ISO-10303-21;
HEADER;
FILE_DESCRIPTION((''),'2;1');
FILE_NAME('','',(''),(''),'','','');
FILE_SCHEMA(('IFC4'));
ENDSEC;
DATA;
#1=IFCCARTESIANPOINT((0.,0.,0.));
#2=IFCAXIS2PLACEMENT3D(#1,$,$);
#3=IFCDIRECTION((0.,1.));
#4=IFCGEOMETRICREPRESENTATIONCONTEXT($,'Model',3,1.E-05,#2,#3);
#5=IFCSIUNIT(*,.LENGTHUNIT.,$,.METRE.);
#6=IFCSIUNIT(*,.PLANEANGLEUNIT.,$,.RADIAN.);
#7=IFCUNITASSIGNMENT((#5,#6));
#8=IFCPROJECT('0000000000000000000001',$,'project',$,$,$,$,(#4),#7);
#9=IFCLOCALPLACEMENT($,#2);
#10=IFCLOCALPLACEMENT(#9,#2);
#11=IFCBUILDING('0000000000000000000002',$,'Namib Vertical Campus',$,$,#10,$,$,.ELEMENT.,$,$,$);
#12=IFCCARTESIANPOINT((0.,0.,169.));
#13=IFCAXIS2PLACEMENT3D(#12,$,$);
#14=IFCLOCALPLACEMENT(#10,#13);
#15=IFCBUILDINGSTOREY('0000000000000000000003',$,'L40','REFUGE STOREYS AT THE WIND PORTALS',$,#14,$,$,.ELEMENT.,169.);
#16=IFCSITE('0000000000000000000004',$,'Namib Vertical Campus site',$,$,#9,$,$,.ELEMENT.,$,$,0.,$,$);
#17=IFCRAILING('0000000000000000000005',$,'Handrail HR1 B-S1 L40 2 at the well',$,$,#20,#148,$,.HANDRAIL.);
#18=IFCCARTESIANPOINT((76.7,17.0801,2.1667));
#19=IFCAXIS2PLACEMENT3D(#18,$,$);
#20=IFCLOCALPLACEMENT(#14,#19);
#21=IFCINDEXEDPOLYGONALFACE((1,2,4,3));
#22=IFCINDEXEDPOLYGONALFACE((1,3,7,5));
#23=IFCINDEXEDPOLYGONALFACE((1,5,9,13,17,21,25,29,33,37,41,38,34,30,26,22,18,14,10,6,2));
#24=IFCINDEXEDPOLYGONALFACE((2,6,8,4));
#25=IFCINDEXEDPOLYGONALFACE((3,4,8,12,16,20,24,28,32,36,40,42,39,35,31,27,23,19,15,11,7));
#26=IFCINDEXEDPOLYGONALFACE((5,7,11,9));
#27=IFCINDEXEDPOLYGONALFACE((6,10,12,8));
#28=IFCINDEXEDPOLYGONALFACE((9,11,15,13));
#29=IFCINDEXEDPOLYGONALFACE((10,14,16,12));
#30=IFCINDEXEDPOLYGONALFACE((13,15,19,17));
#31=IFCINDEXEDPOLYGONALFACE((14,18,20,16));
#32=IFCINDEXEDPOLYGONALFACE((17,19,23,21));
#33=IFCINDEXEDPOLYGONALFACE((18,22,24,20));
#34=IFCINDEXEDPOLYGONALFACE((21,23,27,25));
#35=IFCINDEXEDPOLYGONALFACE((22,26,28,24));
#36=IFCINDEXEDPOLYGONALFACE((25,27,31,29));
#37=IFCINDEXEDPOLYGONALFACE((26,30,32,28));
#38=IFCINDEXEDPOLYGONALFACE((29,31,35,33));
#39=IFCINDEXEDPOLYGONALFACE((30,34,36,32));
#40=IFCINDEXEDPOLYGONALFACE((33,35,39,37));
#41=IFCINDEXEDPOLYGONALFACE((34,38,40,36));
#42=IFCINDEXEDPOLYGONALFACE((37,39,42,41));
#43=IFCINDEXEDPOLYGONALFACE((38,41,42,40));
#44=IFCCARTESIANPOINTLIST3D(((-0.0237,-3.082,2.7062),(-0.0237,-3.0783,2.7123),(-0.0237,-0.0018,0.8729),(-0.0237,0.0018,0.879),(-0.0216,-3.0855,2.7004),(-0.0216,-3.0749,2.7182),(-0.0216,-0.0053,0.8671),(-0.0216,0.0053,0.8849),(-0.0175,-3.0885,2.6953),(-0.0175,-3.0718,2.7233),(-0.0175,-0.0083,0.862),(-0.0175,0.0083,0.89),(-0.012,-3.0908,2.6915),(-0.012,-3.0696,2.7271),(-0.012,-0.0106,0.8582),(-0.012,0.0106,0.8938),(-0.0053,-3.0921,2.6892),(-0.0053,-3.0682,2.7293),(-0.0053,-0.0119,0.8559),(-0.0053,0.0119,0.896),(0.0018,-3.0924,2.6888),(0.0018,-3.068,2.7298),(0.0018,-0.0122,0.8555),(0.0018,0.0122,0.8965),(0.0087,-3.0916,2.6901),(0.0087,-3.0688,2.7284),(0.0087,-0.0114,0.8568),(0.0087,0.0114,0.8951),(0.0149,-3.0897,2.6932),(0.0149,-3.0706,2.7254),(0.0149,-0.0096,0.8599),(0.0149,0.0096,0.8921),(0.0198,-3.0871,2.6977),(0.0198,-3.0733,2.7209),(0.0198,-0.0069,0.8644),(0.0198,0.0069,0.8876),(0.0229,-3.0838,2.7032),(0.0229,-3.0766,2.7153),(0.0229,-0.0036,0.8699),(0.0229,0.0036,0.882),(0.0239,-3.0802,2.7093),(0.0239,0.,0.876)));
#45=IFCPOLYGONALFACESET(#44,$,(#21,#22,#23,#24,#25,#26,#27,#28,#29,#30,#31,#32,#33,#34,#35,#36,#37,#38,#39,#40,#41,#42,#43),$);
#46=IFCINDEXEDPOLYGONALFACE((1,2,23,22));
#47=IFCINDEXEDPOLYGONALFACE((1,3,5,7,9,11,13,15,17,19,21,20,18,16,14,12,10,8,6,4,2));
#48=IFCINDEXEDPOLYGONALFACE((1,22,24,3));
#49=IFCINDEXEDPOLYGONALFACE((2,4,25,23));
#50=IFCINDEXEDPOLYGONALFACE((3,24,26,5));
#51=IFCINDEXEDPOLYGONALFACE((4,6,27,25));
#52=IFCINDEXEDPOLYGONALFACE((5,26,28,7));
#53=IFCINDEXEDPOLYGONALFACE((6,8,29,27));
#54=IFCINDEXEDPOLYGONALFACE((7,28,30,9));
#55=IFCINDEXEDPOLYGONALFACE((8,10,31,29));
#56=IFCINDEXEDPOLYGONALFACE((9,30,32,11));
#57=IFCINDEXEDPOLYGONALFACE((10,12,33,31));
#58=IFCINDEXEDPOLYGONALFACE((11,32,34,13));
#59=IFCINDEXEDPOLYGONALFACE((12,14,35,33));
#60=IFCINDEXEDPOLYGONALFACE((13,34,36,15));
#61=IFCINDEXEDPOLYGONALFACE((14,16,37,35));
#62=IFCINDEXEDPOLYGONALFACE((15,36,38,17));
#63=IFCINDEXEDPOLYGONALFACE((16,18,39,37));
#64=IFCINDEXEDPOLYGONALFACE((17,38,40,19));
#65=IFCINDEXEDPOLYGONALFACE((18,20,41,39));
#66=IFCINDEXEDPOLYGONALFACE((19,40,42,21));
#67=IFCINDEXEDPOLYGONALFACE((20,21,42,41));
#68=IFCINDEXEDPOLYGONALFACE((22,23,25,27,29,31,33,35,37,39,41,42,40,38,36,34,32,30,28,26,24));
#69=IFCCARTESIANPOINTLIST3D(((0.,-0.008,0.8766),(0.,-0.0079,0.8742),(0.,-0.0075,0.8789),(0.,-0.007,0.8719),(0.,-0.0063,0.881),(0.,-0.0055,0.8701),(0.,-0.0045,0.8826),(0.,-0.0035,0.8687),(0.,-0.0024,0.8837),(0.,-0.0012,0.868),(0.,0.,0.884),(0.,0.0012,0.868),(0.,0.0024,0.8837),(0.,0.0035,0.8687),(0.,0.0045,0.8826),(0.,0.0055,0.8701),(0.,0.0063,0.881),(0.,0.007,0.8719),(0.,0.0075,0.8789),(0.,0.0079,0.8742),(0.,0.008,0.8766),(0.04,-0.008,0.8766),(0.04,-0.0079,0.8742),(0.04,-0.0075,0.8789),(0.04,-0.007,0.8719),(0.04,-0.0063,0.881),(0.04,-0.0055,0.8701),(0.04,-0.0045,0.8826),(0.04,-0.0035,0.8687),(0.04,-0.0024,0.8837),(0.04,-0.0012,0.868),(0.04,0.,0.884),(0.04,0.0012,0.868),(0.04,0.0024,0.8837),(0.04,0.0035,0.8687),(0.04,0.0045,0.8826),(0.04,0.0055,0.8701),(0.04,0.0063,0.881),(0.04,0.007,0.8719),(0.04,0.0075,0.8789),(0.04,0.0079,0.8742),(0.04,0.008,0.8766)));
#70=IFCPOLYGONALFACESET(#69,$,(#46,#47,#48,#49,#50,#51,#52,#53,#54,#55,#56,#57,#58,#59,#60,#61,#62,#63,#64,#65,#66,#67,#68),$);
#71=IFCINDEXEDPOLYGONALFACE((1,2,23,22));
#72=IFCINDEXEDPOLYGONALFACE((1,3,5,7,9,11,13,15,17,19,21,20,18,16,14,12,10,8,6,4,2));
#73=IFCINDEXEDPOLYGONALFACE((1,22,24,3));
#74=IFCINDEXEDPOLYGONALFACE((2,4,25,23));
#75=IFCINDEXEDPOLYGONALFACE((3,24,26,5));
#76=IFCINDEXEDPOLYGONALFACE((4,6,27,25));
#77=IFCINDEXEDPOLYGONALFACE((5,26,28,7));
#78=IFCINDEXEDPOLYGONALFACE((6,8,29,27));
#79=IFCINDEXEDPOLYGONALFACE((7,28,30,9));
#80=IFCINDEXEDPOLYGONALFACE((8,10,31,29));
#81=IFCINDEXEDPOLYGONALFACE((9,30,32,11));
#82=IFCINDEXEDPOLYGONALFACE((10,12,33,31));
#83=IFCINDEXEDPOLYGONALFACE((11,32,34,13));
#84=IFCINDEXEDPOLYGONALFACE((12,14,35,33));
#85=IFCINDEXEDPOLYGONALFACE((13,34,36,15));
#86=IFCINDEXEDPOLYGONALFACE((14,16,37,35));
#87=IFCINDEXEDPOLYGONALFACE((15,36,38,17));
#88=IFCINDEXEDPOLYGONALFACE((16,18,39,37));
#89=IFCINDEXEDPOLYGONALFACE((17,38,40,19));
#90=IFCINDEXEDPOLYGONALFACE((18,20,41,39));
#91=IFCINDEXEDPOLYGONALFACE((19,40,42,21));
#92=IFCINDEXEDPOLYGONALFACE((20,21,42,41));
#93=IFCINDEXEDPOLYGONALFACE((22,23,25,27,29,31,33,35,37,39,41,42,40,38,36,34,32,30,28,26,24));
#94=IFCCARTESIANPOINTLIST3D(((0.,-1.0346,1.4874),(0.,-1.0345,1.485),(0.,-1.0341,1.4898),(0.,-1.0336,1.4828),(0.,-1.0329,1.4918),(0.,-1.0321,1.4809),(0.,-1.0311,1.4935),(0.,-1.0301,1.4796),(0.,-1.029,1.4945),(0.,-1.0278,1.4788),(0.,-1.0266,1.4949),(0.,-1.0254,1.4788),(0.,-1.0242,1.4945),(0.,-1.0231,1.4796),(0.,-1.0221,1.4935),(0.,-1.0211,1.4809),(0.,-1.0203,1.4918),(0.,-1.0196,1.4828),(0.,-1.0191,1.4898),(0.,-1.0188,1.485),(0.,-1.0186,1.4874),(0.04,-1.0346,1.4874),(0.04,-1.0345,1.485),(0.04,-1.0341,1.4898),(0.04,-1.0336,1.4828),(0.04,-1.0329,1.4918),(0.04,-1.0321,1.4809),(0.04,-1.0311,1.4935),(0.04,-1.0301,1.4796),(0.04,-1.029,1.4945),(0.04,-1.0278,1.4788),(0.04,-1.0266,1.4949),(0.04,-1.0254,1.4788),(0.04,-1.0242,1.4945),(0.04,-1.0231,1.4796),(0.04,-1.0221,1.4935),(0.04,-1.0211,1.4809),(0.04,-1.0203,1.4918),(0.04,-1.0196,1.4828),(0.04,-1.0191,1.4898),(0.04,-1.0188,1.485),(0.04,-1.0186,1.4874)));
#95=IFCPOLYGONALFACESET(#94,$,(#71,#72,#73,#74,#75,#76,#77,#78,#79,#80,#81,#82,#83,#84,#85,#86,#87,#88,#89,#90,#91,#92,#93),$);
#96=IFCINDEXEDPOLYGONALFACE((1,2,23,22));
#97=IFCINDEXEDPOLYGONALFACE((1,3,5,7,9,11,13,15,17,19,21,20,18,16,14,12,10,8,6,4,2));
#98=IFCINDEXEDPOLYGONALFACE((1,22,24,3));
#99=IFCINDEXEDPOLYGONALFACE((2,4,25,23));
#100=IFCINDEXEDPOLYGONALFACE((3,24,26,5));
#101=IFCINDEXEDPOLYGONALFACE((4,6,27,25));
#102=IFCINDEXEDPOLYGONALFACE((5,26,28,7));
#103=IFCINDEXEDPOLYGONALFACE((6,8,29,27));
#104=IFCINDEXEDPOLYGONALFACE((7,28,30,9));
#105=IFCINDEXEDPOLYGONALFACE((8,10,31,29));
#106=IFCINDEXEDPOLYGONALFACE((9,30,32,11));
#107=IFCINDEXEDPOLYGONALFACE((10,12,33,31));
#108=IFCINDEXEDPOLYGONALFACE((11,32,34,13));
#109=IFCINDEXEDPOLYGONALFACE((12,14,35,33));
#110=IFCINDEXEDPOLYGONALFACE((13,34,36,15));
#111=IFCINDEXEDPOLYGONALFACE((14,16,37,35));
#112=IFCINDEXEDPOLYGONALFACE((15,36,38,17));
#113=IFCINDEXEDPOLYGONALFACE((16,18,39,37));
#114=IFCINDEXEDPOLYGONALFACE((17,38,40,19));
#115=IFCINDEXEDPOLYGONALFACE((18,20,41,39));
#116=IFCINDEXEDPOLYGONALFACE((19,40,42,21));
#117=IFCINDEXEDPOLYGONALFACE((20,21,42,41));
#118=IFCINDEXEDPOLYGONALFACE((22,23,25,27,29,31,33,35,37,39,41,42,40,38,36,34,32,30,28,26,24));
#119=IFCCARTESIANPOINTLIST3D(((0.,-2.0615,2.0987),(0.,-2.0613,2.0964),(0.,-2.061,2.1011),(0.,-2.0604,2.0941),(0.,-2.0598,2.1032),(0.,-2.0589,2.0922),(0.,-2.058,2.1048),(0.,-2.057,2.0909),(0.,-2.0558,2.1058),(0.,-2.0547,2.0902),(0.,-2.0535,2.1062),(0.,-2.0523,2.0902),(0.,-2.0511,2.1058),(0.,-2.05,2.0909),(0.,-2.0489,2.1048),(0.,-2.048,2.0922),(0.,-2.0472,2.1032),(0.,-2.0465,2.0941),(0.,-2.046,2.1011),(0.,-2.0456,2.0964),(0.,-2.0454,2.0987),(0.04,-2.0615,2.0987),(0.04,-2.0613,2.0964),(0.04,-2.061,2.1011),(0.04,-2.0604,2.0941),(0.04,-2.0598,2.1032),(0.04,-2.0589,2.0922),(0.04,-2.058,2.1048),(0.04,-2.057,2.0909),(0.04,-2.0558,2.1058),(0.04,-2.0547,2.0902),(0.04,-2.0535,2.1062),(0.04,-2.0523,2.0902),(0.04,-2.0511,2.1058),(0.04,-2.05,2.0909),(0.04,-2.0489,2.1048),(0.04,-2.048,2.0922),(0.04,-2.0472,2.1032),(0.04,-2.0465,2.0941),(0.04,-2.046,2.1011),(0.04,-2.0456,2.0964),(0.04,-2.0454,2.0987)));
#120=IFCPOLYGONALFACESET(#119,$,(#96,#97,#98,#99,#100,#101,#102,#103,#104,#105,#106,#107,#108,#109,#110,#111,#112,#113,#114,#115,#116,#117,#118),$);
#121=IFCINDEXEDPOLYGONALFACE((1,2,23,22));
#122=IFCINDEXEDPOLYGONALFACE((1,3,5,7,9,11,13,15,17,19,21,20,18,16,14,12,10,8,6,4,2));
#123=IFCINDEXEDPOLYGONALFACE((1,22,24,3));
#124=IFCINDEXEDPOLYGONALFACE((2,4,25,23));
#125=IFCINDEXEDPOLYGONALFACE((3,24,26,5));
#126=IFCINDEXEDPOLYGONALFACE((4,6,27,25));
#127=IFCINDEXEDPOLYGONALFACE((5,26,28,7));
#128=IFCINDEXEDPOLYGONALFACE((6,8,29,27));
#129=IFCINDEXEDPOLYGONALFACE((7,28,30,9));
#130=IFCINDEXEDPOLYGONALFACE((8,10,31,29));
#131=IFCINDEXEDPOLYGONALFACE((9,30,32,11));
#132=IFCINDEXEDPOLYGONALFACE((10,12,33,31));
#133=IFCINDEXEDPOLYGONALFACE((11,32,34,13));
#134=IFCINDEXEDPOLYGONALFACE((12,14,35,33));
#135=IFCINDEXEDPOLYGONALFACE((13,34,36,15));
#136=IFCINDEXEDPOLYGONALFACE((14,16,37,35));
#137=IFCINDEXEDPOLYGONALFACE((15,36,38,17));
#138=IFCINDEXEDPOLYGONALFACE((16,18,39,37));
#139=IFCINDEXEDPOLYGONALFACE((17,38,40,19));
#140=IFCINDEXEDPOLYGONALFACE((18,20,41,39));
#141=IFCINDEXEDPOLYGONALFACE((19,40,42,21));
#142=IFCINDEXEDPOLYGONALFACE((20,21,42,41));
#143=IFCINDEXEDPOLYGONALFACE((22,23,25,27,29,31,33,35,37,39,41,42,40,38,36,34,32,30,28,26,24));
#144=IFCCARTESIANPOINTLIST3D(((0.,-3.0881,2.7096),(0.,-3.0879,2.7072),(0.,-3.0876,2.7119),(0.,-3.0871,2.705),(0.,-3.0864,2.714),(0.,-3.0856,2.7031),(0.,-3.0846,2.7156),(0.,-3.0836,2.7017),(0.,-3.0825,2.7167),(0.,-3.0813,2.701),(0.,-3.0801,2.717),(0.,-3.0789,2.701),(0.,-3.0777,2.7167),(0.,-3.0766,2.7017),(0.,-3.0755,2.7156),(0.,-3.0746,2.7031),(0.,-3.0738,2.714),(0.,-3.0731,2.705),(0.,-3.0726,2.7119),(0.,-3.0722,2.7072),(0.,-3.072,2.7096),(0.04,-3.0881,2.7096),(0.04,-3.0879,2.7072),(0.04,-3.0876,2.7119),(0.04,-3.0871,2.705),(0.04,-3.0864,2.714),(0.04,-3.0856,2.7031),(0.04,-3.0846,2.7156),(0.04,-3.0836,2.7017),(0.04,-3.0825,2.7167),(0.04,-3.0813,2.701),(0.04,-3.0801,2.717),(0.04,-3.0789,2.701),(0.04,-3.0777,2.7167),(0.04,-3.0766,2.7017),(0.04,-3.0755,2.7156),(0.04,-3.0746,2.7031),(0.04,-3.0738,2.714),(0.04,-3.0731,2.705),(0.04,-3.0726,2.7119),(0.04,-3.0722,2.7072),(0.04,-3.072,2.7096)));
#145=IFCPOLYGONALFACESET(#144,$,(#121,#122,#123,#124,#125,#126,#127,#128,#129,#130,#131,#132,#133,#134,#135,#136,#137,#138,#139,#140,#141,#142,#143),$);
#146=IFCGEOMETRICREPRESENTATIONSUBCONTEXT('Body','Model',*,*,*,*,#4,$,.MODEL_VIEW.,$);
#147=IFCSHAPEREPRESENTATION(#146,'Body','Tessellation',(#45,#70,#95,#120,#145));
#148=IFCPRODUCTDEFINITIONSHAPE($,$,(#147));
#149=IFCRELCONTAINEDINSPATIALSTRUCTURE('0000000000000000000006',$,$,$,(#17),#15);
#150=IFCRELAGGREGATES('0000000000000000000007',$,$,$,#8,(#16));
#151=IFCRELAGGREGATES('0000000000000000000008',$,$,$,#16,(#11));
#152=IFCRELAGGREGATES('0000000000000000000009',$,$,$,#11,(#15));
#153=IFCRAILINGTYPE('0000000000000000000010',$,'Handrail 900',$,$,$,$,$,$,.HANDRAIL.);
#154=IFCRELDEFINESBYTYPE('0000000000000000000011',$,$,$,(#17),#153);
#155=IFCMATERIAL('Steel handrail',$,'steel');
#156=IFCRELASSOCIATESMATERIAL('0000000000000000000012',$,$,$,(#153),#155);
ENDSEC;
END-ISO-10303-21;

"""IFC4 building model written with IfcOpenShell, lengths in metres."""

from ifc_helpers import new_model, si_unit, direction, frame, origin, origin_2d, place, context, subcontext, project, spatial, circle, extrude, material, type_object, element, save


model = new_model("IFC4")

# Units and contexts
model_context = context("Model", 3, precision=1e-05, world=origin(), true_north=direction((0.0, 1.0)))
body_context = subcontext(model_context, "Body", "Model", "MODEL_VIEW")
ifc_project = project(units=[si_unit("LENGTHUNIT", "METRE"), si_unit("PLANEANGLEUNIT", "RADIAN")], contexts=[model_context])

# Site, building, storey
site_placement = place(None, origin())
site = spatial("IfcSite", under=ifc_project, at=site_placement, Name="Namib Vertical Campus site", CompositionType="ELEMENT", RefElevation=0.0)
building_placement = place(site_placement, origin())
building = spatial("IfcBuilding", under=site, at=building_placement, Name="Namib Vertical Campus", CompositionType="ELEMENT")
storey_placement = place(building_placement, frame((0.0, 0.0, 169.0)))
storey = spatial("IfcBuildingStorey", under=building, at=storey_placement, Name="L40", Description="REFUGE STOREYS AT THE WIND PORTALS", CompositionType="ELEMENT", Elevation=169.0)

# Railing
ifc_material_1 = material(Name="Steel handrail", Category="steel")
railing_type_1 = type_object("IfcRailingType", Name="Handrail 900", PredefinedType="HANDRAIL", material=ifc_material_1)
railing_1_placement = place(storey_placement, frame((76.7, 17.0801, 2.1667)))
element("IfcRailing", 1, at=railing_1_placement, inside=storey, type_object=railing_type_1, Name="Handrail HR1 B-S1 L40 2 at the well", PredefinedType="HANDRAIL", context=body_context, shape_type="SweptSolid", body=[
    extrude(circle(Radius=0.0239, at=origin_2d()), frame((0.0, 0.0, 0.876), z_axis=(0.0, -0.859309, 0.511458), x_axis=(1.0, 0.0, 0.0)), (0.0, 0.0, 1.0), 3.5845),
    extrude(circle(Radius=0.0081, at=origin_2d()), frame((0.0, 0.0, 0.876), z_axis=(1.0, 0.0, 0.0), x_axis=(0.0, 0.0, 1.0)), (0.0, 0.0, 1.0), 0.04),
    extrude(circle(Radius=0.0081, at=origin_2d()), frame((0.0, -1.0266, 1.4868), z_axis=(1.0, 0.0, 0.0), x_axis=(0.0, 0.0, 1.0)), (0.0, 0.0, 1.0), 0.04),
    extrude(circle(Radius=0.0081, at=origin_2d()), frame((0.0, -2.0535, 2.0981), z_axis=(1.0, 0.0, 0.0), x_axis=(0.0, 0.0, 1.0)), (0.0, 0.0, 1.0), 0.04),
    extrude(circle(Radius=0.0081, at=origin_2d()), frame((0.0, -3.0801, 2.709), z_axis=(1.0, 0.0, 0.0), x_axis=(0.0, 0.0, 1.0)), (0.0, 0.0, 1.0), 0.04),
])

save(model, "model.ifc")
